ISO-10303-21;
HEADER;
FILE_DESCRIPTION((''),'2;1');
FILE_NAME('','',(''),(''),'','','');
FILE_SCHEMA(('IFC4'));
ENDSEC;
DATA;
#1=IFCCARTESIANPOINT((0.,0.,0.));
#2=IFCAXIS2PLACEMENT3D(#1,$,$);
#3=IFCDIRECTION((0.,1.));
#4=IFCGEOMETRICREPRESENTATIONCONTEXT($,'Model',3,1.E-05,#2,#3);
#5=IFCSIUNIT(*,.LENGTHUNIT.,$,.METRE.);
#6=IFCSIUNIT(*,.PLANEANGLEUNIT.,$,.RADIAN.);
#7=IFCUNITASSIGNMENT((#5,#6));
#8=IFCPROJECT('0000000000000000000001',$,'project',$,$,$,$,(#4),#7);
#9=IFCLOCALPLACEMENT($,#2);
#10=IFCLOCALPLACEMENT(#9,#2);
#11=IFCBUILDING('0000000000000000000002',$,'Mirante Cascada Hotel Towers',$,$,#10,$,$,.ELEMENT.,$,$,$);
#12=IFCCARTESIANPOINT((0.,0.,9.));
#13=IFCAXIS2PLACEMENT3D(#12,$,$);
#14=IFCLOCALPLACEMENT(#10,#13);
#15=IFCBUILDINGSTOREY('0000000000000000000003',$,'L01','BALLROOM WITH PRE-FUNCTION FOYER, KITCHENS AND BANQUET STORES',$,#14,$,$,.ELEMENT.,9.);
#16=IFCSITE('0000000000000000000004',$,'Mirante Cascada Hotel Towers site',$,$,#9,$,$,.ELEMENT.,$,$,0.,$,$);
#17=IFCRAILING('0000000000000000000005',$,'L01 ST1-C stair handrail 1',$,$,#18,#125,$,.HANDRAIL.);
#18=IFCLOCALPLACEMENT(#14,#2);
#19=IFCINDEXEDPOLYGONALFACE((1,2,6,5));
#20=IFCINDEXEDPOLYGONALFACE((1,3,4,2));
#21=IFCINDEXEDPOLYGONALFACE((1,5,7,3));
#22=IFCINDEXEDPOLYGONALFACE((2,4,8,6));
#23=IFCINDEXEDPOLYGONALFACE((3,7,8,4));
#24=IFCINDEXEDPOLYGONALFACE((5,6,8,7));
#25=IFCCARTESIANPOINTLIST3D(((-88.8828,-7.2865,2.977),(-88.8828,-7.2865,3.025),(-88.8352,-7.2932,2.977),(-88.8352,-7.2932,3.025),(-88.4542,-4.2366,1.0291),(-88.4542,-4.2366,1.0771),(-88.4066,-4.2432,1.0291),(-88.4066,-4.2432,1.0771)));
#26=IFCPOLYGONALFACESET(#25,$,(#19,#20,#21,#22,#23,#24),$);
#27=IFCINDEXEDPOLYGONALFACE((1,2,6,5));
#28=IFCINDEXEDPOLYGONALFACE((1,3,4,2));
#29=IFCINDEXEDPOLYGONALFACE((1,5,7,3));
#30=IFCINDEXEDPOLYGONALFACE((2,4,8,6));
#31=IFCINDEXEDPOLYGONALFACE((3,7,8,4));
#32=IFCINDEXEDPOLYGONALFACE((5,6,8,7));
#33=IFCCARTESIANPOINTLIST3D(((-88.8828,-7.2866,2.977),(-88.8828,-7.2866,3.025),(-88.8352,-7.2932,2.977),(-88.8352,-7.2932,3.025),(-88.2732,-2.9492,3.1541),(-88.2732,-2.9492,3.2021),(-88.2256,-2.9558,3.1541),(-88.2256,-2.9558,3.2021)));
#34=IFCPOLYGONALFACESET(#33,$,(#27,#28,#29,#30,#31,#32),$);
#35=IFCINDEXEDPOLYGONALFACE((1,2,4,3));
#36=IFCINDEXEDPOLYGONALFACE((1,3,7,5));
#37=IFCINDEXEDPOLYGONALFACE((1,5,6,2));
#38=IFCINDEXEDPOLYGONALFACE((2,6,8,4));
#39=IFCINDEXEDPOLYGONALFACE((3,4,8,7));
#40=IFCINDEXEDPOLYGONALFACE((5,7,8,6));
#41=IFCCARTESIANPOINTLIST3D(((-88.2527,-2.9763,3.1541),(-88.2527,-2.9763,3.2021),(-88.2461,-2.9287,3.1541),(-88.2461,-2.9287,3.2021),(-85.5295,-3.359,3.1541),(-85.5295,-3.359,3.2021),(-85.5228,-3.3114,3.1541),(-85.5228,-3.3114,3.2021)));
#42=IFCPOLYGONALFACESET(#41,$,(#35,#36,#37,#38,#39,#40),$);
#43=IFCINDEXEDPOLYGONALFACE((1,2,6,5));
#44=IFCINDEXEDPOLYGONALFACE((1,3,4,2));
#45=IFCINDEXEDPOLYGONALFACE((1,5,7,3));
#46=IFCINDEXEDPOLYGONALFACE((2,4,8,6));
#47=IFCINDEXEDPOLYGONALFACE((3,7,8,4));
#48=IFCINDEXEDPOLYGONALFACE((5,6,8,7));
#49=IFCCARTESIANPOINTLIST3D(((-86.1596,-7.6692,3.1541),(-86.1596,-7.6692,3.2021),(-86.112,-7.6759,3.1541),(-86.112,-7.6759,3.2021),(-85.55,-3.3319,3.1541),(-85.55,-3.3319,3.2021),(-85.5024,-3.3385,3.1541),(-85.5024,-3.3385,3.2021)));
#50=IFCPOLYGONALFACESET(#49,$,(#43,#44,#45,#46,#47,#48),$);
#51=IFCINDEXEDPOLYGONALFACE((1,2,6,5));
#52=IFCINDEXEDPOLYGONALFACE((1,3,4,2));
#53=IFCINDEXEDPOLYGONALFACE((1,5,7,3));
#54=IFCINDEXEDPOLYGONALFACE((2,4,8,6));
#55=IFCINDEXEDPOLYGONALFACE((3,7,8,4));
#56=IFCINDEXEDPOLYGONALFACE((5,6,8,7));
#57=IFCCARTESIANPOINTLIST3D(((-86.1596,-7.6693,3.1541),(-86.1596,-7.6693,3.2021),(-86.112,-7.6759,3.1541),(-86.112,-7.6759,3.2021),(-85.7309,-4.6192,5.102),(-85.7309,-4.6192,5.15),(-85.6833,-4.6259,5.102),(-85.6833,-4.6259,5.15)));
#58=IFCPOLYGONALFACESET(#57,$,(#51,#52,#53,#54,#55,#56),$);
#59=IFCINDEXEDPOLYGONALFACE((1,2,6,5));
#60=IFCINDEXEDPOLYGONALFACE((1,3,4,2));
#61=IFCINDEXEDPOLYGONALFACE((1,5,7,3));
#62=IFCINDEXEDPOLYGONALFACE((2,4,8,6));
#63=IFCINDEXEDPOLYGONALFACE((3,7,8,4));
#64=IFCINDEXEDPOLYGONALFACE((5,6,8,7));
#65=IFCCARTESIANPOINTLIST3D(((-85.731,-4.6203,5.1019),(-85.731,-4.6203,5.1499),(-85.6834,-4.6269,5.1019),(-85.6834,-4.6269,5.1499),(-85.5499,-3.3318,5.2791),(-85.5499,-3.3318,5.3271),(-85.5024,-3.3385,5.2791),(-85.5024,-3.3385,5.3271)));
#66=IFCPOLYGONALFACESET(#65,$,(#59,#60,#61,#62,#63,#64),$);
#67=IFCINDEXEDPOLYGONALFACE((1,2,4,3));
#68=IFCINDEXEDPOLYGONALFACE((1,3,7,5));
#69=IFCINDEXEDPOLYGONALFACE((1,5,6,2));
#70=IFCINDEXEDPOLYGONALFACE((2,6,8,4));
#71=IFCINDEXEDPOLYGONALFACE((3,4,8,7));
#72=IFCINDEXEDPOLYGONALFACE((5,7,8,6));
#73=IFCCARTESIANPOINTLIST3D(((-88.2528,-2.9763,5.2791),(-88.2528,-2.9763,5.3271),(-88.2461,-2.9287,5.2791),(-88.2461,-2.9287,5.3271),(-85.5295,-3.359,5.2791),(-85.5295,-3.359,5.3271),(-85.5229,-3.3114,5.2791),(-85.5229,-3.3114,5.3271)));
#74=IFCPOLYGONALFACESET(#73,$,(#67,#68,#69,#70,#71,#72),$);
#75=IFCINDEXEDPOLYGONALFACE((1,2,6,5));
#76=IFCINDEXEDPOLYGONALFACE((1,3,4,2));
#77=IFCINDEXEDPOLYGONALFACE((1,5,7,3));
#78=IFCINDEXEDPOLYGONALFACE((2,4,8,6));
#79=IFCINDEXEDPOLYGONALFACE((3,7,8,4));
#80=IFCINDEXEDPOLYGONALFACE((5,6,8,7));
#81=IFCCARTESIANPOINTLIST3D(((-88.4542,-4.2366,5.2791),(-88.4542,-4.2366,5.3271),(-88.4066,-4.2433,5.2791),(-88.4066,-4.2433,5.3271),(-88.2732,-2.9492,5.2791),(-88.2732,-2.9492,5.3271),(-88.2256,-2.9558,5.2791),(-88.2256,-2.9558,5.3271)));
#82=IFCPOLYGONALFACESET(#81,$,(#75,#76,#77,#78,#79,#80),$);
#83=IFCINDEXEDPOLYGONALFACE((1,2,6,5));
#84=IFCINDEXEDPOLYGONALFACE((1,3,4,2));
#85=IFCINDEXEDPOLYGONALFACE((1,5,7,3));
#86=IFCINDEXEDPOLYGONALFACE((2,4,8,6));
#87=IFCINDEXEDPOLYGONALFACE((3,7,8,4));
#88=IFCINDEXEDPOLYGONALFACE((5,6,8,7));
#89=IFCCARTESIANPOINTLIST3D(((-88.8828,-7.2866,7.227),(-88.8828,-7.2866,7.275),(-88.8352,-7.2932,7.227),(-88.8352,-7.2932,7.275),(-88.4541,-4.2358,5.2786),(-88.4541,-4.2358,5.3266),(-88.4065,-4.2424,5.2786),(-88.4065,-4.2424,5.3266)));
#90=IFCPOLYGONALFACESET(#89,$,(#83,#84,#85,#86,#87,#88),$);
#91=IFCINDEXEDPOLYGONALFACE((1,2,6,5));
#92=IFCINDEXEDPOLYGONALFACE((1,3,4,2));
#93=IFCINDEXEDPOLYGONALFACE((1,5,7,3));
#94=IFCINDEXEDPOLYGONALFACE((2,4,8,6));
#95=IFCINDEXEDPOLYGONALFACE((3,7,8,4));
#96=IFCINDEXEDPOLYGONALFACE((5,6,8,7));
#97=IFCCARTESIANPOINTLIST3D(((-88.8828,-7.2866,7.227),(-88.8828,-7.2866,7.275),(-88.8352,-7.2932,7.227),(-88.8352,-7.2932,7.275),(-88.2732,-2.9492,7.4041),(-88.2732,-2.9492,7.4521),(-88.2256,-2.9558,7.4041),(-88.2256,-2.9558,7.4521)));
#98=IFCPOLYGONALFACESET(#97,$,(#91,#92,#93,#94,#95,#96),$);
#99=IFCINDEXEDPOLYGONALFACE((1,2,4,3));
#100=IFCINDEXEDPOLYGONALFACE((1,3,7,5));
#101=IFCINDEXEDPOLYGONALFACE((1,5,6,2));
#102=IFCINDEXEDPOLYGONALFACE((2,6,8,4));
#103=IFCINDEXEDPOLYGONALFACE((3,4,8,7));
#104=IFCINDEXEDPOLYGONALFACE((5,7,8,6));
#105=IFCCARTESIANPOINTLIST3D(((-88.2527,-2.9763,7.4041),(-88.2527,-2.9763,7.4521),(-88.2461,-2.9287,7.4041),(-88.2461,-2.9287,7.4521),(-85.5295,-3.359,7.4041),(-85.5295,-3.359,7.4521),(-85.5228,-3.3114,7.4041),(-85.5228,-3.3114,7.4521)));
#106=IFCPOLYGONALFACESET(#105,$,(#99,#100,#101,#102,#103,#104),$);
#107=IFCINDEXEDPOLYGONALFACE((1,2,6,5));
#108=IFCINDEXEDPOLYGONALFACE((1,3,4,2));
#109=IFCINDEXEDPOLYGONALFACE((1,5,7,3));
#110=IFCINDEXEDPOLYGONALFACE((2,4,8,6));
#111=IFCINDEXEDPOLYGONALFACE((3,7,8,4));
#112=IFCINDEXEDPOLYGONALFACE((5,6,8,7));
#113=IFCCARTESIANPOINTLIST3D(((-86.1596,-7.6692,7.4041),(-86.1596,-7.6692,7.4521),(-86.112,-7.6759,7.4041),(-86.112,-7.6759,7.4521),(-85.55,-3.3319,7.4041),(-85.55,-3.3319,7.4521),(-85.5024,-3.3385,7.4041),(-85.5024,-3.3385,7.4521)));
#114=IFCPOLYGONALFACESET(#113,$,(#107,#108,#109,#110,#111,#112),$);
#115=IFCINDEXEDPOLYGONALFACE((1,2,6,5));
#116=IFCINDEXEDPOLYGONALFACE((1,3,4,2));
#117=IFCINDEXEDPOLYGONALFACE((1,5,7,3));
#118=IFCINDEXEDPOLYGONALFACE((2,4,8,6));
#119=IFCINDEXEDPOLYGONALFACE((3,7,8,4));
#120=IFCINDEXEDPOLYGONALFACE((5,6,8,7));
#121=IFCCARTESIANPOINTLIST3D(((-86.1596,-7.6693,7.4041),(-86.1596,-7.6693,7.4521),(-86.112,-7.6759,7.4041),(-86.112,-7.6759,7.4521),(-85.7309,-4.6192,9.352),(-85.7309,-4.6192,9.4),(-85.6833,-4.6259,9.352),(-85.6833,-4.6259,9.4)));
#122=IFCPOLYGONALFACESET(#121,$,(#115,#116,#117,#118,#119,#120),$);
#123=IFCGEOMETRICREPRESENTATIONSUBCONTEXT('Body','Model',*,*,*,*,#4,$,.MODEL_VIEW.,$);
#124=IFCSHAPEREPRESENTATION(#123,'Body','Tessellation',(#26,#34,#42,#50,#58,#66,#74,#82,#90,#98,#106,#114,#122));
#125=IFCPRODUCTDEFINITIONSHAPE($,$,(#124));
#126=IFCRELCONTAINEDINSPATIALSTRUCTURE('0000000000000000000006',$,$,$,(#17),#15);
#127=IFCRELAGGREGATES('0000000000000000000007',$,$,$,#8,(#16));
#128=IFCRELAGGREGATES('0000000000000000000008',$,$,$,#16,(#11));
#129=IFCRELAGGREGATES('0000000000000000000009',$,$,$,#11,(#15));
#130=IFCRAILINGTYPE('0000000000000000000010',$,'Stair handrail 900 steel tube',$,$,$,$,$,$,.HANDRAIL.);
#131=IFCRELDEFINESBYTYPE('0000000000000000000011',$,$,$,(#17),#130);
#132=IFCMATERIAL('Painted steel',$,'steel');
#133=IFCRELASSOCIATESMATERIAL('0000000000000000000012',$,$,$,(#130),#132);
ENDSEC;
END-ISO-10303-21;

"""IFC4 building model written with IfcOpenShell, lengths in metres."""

from ifc_helpers import new_model, si_unit, direction, frame, origin, origin_2d, place, context, subcontext, project, spatial, rectangle, extrude, material, type_object, element, save


model = new_model("IFC4")

# Units and contexts
model_context = context("Model", 3, precision=1e-05, world=origin(), true_north=direction((0.0, 1.0)))
body_context = subcontext(model_context, "Body", "Model", "MODEL_VIEW")
ifc_project = project(units=[si_unit("LENGTHUNIT", "METRE"), si_unit("PLANEANGLEUNIT", "RADIAN")], contexts=[model_context])

# Site, building, storey
site_placement = place(None, origin())
site = spatial("IfcSite", under=ifc_project, at=site_placement, Name="Mirante Cascada Hotel Towers site", CompositionType="ELEMENT", RefElevation=0.0)
building_placement = place(site_placement, origin())
building = spatial("IfcBuilding", under=site, at=building_placement, Name="Mirante Cascada Hotel Towers", CompositionType="ELEMENT")
storey_placement = place(building_placement, frame((0.0, 0.0, 9.0)))
storey = spatial("IfcBuildingStorey", under=building, at=storey_placement, Name="L01", Description="BALLROOM WITH PRE-FUNCTION FOYER, KITCHENS AND BANQUET STORES", CompositionType="ELEMENT", Elevation=9.0)

# Railing
ifc_material_1 = material(Name="Painted steel", Category="steel")
railing_type_1 = type_object("IfcRailingType", Name="Stair handrail 900 steel tube", PredefinedType="HANDRAIL", material=ifc_material_1)
railing_1_placement = place(storey_placement, frame((-88.4304, -4.2399, 0.1771)))
element("IfcRailing", 1, at=railing_1_placement, inside=storey, type_object=railing_type_1, Name="L01 ST1-C stair handrail 1", PredefinedType="HANDRAIL", context=body_context, shape_type="SweptSolid", body=[
    extrude(rectangle(XDim=0.048, YDim=0.048, at=origin_2d()), frame((0.0, 0.0, 0.876), z_axis=(-0.139157, -0.99027, 0.0), x_axis=(0.99027, -0.139157, 0.0)), (0.0, 0.534514, 0.845159), 3.6442),
    extrude(rectangle(XDim=0.048, YDim=0.048, at=origin_2d()), frame((-0.4286, -3.05, 2.8239), z_axis=(0.139177, 0.990267, 0.0), x_axis=(-0.990267, 0.139177, 0.0)), (0.0, 0.0404, 0.999184), 4.3836),
    extrude(rectangle(XDim=0.048, YDim=0.048, at=origin_2d()), frame((0.181, 1.2874, 3.001), z_axis=(0.990269, -0.139166, 0.0), x_axis=(0.139166, 0.990269, 0.0)), (0.0, 0.0, 1.0), 2.75),
    extrude(rectangle(XDim=0.048, YDim=0.048, at=origin_2d()), frame((2.9042, 0.9047, 3.001), z_axis=(-0.139177, -0.990267, 0.0), x_axis=(0.990267, -0.139177, 0.0)), (0.0, 0.0, 1.0), 4.38),
    extrude(rectangle(XDim=0.048, YDim=0.048, at=origin_2d()), frame((2.2946, -3.4327, 3.001), z_axis=(0.139189, 0.990266, 0.0), x_axis=(-0.990266, 0.139189, 0.0)), (0.0, 0.534512, 0.845161), 3.6443),
    extrude(rectangle(XDim=0.048, YDim=0.048, at=origin_2d()), frame((2.7232, -0.3837, 4.9488), z_axis=(0.139149, 0.990271, 0.0), x_axis=(-0.990271, 0.139149, 0.0)), (0.0, 0.134979, 0.990848), 1.3131),
    extrude(rectangle(XDim=0.048, YDim=0.048, at=origin_2d()), frame((2.9042, 0.9047, 5.126), z_axis=(-0.990269, 0.139166, 0.0), x_axis=(-0.139166, -0.990269, 0.0)), (0.0, 0.0, 1.0), 2.75),
    extrude(rectangle(XDim=0.048, YDim=0.048, at=origin_2d()), frame((0.181, 1.2874, 5.126), z_axis=(-0.139224, -0.990261, 0.0), x_axis=(0.990261, -0.139224, 0.0)), (0.0, 0.0, 1.0), 1.3001),
    extrude(rectangle(XDim=0.048, YDim=0.048, at=origin_2d()), frame((0.0001, 0.0008, 5.1255), z_axis=(-0.139157, -0.99027, 0.0), x_axis=(0.99027, -0.139157, 0.0)), (0.0, 0.534514, 0.845159), 3.6452),
    extrude(rectangle(XDim=0.048, YDim=0.048, at=origin_2d()), frame((-0.4286, -3.05, 7.0739), z_axis=(0.139177, 0.990267, 0.0), x_axis=(-0.990267, 0.139177, 0.0)), (0.0, 0.0404, 0.999184), 4.3836),
    extrude(rectangle(XDim=0.048, YDim=0.048, at=origin_2d()), frame((0.181, 1.2874, 7.251), z_axis=(0.990269, -0.139166, 0.0), x_axis=(0.139166, 0.990269, 0.0)), (0.0, 0.0, 1.0), 2.75),
    extrude(rectangle(XDim=0.048, YDim=0.048, at=origin_2d()), frame((2.9042, 0.9047, 7.251), z_axis=(-0.139177, -0.990267, 0.0), x_axis=(0.990267, -0.139177, 0.0)), (0.0, 0.0, 1.0), 4.38),
    extrude(rectangle(XDim=0.048, YDim=0.048, at=origin_2d()), frame((2.2946, -3.4327, 7.251), z_axis=(0.139189, 0.990266, 0.0), x_axis=(-0.990266, 0.139189, 0.0)), (0.0, 0.534512, 0.845161), 3.6443),
])

save(model, "model.ifc")
